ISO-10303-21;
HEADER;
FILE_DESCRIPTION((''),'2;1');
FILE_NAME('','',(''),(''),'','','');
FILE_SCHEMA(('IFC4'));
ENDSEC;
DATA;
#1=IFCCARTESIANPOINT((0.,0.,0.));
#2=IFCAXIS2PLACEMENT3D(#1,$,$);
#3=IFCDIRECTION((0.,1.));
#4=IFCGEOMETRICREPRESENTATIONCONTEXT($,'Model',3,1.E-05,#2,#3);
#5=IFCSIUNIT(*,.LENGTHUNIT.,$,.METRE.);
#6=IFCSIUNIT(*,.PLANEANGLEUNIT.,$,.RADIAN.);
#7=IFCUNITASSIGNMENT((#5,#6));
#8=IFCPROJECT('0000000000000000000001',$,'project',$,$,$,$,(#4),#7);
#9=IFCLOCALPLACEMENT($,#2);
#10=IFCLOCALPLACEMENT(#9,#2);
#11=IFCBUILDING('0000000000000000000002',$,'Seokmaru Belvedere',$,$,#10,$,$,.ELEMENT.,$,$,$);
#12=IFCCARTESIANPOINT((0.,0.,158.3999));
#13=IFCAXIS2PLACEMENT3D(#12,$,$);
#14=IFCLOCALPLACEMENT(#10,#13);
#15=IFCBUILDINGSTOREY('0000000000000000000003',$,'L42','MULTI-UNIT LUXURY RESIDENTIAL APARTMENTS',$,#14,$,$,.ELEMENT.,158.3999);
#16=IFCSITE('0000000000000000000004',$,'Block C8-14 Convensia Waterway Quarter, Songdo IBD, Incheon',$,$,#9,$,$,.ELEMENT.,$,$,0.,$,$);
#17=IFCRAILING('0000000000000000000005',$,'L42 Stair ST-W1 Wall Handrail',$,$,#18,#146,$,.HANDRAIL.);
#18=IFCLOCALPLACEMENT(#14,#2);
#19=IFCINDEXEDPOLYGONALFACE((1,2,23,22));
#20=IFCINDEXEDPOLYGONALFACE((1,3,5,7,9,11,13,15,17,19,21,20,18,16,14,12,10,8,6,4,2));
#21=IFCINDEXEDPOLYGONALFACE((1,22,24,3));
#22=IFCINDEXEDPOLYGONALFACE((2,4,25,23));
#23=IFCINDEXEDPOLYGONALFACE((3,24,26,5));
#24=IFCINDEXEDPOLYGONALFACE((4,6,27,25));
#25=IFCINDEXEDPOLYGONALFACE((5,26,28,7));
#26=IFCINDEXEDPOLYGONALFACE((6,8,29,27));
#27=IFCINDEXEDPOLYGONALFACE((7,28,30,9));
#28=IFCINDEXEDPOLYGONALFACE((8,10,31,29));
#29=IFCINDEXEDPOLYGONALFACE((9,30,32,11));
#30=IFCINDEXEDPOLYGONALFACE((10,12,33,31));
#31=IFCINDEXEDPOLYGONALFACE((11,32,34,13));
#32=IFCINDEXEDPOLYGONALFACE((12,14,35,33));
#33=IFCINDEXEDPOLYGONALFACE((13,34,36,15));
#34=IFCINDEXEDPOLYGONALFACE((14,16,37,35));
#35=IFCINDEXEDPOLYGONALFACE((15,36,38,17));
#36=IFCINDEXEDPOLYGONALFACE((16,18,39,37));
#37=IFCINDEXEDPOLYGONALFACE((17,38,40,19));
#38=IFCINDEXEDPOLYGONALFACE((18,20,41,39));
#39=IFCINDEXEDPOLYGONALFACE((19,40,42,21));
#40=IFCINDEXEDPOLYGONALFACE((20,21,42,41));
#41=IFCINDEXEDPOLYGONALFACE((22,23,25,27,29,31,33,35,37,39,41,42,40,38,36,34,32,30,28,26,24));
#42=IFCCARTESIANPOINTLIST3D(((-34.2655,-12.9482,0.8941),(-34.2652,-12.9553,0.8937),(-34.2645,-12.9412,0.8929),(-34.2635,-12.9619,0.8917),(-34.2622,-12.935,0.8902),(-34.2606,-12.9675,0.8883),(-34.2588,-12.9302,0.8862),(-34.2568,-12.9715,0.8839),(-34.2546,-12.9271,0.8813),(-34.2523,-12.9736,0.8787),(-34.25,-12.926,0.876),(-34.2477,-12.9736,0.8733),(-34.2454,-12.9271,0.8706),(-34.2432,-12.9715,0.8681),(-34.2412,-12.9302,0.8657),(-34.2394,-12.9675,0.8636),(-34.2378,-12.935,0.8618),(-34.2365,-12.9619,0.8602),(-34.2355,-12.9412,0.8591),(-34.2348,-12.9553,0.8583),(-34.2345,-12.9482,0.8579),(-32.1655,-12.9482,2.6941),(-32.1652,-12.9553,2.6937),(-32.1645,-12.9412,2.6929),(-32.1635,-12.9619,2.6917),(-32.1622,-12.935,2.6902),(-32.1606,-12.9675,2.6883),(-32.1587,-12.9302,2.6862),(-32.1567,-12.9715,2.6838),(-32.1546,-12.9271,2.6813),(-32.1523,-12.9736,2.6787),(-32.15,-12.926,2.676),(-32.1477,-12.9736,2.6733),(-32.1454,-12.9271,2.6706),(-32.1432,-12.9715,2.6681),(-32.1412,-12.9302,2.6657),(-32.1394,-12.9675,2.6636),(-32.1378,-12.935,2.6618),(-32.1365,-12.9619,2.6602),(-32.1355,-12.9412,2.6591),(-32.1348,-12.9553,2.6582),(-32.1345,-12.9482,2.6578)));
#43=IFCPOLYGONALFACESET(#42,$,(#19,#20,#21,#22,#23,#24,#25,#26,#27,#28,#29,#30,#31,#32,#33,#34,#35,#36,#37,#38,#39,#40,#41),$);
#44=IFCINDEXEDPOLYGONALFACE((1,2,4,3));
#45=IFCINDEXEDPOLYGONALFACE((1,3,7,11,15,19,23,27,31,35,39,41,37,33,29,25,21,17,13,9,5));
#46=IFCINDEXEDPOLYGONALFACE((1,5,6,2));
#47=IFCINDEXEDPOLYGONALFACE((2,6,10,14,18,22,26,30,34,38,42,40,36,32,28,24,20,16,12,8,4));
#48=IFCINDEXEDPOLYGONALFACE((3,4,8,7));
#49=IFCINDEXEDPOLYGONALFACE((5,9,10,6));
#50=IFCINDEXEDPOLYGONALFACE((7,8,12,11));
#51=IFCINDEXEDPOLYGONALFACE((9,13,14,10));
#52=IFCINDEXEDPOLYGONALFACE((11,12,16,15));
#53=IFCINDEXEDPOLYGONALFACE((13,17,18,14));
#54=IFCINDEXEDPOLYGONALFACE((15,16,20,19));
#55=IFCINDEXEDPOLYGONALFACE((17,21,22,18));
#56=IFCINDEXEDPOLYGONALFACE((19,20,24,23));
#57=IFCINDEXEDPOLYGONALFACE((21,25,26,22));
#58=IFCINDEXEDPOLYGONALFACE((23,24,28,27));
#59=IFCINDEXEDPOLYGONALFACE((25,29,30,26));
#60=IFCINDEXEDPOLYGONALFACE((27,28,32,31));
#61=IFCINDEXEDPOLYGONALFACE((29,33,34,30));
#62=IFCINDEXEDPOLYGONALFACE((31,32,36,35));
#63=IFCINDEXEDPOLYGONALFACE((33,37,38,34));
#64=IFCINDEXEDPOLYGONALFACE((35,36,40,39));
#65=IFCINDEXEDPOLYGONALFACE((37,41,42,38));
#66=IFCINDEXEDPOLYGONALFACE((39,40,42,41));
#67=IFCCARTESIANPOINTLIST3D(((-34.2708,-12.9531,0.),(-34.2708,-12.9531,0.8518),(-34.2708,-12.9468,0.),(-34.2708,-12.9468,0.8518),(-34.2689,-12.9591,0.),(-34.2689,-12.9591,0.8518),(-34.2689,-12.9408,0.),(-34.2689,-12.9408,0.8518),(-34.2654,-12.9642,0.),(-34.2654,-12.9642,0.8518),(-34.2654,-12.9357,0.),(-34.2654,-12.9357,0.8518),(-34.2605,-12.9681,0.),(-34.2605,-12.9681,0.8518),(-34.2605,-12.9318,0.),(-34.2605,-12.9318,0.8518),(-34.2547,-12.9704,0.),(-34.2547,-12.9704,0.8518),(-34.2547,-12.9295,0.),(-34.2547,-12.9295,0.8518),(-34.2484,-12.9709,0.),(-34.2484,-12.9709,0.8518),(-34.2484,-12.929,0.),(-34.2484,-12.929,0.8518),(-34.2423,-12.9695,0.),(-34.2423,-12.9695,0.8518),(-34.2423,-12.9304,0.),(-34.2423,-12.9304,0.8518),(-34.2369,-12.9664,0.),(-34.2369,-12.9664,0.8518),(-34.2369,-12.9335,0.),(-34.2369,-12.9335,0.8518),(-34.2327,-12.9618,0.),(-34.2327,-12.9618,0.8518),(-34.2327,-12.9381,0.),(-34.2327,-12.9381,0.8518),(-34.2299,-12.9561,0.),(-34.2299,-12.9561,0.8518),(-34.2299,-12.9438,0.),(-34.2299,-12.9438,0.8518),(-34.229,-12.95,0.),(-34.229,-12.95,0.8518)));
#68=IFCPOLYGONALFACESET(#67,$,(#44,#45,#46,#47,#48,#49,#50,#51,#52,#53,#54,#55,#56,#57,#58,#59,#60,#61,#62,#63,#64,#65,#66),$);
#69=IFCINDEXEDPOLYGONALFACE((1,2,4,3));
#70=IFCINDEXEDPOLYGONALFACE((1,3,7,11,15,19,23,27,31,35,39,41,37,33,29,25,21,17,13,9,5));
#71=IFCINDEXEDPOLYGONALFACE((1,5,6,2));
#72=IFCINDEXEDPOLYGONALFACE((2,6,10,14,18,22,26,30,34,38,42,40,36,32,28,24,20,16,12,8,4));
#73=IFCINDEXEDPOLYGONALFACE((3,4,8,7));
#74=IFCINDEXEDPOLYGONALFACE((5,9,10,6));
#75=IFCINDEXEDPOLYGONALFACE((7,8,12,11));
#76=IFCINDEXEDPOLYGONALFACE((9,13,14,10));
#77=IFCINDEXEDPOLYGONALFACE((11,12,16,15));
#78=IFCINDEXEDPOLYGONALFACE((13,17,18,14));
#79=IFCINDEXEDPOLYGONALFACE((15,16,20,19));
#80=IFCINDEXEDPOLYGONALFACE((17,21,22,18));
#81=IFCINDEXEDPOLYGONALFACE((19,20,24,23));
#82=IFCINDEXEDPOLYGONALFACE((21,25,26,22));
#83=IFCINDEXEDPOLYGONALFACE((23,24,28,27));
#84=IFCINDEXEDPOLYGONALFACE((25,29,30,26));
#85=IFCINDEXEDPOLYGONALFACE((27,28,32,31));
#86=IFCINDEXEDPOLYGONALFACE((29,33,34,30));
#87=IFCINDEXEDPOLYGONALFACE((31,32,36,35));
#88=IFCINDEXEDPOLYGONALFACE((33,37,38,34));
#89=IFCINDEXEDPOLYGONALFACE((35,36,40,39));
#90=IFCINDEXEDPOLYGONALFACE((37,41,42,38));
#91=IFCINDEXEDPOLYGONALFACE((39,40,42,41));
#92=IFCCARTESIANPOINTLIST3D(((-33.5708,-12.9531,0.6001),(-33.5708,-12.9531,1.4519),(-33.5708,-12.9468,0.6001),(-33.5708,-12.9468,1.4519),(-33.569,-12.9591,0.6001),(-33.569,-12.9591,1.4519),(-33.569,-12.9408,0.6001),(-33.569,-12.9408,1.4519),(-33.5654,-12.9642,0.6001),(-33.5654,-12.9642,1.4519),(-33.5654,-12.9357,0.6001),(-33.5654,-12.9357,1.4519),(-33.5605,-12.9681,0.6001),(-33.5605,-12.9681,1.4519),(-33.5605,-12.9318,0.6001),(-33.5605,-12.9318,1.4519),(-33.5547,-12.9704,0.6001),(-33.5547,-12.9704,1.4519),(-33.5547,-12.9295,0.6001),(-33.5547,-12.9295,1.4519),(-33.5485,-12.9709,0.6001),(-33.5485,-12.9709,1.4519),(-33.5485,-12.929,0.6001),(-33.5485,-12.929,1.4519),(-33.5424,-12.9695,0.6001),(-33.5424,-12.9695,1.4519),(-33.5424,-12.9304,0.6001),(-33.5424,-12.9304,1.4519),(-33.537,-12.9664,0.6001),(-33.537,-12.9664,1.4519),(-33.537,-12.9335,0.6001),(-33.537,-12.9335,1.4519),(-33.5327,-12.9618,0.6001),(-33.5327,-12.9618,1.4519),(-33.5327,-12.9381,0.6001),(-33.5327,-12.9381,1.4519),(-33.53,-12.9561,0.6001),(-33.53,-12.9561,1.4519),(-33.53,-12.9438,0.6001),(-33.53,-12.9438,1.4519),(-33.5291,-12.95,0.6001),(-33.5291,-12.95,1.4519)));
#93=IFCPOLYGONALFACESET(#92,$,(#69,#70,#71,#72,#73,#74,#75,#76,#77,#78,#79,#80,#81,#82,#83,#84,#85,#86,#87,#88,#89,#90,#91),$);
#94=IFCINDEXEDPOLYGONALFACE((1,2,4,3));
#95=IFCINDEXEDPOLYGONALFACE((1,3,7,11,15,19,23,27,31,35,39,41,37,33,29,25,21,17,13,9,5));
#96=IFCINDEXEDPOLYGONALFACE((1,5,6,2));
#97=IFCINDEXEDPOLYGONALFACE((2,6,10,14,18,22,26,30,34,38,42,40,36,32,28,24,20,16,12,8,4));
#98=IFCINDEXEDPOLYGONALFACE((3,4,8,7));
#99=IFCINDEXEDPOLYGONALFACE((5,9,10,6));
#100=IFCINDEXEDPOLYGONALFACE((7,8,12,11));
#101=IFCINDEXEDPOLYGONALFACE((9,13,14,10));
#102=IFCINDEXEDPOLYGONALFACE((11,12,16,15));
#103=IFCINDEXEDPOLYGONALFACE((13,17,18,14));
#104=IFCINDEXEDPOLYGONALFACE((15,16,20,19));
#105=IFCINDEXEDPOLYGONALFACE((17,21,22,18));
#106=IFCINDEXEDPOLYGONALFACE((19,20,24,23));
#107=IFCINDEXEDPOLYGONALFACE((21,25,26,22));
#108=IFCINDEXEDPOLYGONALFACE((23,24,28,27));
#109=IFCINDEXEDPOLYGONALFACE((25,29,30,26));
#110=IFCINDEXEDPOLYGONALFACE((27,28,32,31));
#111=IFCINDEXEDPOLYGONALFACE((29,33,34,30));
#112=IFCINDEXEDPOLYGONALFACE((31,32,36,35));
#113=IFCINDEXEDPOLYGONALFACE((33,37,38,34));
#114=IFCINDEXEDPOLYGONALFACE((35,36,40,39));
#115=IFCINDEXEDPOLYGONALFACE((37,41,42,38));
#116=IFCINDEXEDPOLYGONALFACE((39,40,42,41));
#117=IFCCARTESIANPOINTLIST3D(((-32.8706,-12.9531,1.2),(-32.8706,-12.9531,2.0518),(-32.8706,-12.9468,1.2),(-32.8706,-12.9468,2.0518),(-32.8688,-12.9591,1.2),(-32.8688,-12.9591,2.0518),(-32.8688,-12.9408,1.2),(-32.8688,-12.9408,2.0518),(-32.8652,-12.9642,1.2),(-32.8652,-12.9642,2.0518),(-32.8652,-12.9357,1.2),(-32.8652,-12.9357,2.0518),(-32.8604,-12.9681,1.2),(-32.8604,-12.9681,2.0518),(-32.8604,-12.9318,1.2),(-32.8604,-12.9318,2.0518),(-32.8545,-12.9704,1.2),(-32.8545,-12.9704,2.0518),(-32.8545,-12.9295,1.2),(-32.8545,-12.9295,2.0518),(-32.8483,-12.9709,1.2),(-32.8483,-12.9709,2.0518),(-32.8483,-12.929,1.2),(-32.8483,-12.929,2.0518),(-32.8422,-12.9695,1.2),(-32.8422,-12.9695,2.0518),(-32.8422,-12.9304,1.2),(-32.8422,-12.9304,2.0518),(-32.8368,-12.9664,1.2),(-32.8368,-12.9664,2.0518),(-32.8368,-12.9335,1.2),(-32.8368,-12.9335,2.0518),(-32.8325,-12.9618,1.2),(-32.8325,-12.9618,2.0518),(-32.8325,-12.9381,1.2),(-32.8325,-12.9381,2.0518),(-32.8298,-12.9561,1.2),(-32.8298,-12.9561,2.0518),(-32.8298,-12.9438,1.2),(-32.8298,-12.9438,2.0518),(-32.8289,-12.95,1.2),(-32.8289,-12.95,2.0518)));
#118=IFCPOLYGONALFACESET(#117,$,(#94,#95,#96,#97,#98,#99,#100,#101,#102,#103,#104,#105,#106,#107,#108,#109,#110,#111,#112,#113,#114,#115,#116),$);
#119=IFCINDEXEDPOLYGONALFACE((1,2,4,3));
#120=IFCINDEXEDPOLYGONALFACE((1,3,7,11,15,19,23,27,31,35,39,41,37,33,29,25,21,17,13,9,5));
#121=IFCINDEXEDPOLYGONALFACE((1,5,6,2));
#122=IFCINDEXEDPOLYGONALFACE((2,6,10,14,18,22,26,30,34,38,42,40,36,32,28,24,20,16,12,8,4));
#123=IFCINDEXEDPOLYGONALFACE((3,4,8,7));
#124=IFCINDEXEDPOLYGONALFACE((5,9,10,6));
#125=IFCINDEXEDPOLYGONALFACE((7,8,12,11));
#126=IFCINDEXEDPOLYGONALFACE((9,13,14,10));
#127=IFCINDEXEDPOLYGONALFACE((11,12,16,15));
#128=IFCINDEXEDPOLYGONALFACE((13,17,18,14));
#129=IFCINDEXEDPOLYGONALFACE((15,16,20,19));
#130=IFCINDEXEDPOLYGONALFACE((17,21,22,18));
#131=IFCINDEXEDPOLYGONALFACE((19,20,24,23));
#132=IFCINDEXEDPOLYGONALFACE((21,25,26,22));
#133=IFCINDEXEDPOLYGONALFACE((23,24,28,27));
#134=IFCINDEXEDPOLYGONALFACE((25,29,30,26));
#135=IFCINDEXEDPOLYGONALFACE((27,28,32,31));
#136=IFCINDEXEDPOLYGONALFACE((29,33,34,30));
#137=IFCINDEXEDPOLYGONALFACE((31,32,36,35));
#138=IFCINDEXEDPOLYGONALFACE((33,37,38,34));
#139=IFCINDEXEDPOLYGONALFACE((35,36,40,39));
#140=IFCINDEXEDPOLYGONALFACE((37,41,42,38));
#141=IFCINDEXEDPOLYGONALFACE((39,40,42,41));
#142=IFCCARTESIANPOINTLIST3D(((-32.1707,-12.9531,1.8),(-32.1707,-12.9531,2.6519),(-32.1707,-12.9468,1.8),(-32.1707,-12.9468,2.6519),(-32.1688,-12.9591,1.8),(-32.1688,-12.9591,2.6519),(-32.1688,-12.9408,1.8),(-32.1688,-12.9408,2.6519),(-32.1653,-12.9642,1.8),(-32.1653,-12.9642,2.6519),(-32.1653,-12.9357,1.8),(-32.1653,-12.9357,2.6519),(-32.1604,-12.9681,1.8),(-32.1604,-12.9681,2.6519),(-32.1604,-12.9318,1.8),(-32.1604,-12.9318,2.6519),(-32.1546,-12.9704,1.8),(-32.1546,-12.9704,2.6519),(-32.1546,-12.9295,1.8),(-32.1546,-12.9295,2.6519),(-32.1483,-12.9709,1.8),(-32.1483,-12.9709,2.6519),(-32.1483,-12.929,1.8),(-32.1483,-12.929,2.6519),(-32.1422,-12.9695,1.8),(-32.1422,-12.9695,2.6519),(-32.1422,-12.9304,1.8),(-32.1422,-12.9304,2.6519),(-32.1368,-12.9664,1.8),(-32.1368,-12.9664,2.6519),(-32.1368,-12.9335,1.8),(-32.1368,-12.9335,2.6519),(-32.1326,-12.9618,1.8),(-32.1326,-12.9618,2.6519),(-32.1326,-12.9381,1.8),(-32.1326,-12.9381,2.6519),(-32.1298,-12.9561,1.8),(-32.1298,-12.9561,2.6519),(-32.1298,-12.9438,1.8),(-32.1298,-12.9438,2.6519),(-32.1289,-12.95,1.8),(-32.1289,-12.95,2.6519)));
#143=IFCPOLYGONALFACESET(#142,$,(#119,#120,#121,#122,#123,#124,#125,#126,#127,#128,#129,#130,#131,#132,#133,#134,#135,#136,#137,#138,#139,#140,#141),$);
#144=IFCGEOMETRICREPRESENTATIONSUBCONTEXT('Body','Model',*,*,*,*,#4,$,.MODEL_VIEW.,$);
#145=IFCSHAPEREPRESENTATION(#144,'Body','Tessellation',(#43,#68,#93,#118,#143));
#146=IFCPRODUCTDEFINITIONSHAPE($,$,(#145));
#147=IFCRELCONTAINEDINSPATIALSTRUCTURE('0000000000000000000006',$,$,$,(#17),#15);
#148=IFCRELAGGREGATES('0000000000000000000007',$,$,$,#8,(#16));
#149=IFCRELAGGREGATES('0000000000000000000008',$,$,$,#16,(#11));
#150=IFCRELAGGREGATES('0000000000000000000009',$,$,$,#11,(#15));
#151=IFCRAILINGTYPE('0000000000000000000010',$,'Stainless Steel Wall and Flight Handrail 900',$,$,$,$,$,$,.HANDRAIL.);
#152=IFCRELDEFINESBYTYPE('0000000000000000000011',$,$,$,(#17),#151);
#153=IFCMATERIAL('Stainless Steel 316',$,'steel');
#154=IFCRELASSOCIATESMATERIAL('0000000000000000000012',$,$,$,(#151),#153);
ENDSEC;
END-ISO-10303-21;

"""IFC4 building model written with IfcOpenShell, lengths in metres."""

from ifc_helpers import new_model, si_unit, direction, frame, origin, origin_2d, place, context, subcontext, project, spatial, circle, extrude, material, type_object, element, save


model = new_model("IFC4")

# Units and contexts
model_context = context("Model", 3, precision=1e-05, world=origin(), true_north=direction((0.0, 1.0)))
body_context = subcontext(model_context, "Body", "Model", "MODEL_VIEW")
ifc_project = project(units=[si_unit("LENGTHUNIT", "METRE"), si_unit("PLANEANGLEUNIT", "RADIAN")], contexts=[model_context])

# Site, building, storey
site_placement = place(None, origin())
site = spatial("IfcSite", under=ifc_project, at=site_placement, Name="Block C8-14 Convensia Waterway Quarter, Songdo IBD, Incheon", CompositionType="ELEMENT", RefElevation=0.0)
building_placement = place(site_placement, origin())
building = spatial("IfcBuilding", under=site, at=building_placement, Name="Seokmaru Belvedere", CompositionType="ELEMENT")
storey_placement = place(building_placement, frame((0.0, 0.0, 158.3999)))
storey = spatial("IfcBuildingStorey", under=building, at=storey_placement, Name="L42", Description="MULTI-UNIT LUXURY RESIDENTIAL APARTMENTS", CompositionType="ELEMENT", Elevation=158.3999)

# Shared definitions
ifc_material_1 = material(Name="Stainless Steel 316", Category="steel")

# Railing
railing_type = type_object("IfcRailingType", Name="Stainless Steel Wall and Flight Handrail 900", PredefinedType="HANDRAIL", material=ifc_material_1)
railing_placement = place(storey_placement, frame((-34.25, -12.95, 0.0)))
element("IfcRailing", 1, at=railing_placement, inside=storey, type_object=railing_type, Name="L42 Stair ST-W1 Wall Handrail", PredefinedType="HANDRAIL", context=body_context, shape_type="SweptSolid", body=[
    extrude(circle(Radius=0.0239, at=origin_2d()), frame((0.0, 0.0, 0.876), z_axis=(0.759263, 0.0, 0.650784), x_axis=(0.0, 1.0, 0.0)), (0.0, 0.0, 1.0), 2.7659),
    extrude(circle(Radius=0.021, at=origin_2d()), origin(), (0.0, 0.0, 1.0), 0.8518),
    extrude(circle(Radius=0.021, at=origin_2d()), frame((0.7, 0.0, 0.6001)), (0.0, 0.0, 1.0), 0.8518),
    extrude(circle(Radius=0.021, at=origin_2d()), frame((1.4001, 0.0, 1.2)), (0.0, 0.0, 1.0), 0.8518),
    extrude(circle(Radius=0.021, at=origin_2d()), frame((2.1001, 0.0, 1.8)), (0.0, 0.0, 1.0), 0.8518),
])

save(model, "model.ifc")
